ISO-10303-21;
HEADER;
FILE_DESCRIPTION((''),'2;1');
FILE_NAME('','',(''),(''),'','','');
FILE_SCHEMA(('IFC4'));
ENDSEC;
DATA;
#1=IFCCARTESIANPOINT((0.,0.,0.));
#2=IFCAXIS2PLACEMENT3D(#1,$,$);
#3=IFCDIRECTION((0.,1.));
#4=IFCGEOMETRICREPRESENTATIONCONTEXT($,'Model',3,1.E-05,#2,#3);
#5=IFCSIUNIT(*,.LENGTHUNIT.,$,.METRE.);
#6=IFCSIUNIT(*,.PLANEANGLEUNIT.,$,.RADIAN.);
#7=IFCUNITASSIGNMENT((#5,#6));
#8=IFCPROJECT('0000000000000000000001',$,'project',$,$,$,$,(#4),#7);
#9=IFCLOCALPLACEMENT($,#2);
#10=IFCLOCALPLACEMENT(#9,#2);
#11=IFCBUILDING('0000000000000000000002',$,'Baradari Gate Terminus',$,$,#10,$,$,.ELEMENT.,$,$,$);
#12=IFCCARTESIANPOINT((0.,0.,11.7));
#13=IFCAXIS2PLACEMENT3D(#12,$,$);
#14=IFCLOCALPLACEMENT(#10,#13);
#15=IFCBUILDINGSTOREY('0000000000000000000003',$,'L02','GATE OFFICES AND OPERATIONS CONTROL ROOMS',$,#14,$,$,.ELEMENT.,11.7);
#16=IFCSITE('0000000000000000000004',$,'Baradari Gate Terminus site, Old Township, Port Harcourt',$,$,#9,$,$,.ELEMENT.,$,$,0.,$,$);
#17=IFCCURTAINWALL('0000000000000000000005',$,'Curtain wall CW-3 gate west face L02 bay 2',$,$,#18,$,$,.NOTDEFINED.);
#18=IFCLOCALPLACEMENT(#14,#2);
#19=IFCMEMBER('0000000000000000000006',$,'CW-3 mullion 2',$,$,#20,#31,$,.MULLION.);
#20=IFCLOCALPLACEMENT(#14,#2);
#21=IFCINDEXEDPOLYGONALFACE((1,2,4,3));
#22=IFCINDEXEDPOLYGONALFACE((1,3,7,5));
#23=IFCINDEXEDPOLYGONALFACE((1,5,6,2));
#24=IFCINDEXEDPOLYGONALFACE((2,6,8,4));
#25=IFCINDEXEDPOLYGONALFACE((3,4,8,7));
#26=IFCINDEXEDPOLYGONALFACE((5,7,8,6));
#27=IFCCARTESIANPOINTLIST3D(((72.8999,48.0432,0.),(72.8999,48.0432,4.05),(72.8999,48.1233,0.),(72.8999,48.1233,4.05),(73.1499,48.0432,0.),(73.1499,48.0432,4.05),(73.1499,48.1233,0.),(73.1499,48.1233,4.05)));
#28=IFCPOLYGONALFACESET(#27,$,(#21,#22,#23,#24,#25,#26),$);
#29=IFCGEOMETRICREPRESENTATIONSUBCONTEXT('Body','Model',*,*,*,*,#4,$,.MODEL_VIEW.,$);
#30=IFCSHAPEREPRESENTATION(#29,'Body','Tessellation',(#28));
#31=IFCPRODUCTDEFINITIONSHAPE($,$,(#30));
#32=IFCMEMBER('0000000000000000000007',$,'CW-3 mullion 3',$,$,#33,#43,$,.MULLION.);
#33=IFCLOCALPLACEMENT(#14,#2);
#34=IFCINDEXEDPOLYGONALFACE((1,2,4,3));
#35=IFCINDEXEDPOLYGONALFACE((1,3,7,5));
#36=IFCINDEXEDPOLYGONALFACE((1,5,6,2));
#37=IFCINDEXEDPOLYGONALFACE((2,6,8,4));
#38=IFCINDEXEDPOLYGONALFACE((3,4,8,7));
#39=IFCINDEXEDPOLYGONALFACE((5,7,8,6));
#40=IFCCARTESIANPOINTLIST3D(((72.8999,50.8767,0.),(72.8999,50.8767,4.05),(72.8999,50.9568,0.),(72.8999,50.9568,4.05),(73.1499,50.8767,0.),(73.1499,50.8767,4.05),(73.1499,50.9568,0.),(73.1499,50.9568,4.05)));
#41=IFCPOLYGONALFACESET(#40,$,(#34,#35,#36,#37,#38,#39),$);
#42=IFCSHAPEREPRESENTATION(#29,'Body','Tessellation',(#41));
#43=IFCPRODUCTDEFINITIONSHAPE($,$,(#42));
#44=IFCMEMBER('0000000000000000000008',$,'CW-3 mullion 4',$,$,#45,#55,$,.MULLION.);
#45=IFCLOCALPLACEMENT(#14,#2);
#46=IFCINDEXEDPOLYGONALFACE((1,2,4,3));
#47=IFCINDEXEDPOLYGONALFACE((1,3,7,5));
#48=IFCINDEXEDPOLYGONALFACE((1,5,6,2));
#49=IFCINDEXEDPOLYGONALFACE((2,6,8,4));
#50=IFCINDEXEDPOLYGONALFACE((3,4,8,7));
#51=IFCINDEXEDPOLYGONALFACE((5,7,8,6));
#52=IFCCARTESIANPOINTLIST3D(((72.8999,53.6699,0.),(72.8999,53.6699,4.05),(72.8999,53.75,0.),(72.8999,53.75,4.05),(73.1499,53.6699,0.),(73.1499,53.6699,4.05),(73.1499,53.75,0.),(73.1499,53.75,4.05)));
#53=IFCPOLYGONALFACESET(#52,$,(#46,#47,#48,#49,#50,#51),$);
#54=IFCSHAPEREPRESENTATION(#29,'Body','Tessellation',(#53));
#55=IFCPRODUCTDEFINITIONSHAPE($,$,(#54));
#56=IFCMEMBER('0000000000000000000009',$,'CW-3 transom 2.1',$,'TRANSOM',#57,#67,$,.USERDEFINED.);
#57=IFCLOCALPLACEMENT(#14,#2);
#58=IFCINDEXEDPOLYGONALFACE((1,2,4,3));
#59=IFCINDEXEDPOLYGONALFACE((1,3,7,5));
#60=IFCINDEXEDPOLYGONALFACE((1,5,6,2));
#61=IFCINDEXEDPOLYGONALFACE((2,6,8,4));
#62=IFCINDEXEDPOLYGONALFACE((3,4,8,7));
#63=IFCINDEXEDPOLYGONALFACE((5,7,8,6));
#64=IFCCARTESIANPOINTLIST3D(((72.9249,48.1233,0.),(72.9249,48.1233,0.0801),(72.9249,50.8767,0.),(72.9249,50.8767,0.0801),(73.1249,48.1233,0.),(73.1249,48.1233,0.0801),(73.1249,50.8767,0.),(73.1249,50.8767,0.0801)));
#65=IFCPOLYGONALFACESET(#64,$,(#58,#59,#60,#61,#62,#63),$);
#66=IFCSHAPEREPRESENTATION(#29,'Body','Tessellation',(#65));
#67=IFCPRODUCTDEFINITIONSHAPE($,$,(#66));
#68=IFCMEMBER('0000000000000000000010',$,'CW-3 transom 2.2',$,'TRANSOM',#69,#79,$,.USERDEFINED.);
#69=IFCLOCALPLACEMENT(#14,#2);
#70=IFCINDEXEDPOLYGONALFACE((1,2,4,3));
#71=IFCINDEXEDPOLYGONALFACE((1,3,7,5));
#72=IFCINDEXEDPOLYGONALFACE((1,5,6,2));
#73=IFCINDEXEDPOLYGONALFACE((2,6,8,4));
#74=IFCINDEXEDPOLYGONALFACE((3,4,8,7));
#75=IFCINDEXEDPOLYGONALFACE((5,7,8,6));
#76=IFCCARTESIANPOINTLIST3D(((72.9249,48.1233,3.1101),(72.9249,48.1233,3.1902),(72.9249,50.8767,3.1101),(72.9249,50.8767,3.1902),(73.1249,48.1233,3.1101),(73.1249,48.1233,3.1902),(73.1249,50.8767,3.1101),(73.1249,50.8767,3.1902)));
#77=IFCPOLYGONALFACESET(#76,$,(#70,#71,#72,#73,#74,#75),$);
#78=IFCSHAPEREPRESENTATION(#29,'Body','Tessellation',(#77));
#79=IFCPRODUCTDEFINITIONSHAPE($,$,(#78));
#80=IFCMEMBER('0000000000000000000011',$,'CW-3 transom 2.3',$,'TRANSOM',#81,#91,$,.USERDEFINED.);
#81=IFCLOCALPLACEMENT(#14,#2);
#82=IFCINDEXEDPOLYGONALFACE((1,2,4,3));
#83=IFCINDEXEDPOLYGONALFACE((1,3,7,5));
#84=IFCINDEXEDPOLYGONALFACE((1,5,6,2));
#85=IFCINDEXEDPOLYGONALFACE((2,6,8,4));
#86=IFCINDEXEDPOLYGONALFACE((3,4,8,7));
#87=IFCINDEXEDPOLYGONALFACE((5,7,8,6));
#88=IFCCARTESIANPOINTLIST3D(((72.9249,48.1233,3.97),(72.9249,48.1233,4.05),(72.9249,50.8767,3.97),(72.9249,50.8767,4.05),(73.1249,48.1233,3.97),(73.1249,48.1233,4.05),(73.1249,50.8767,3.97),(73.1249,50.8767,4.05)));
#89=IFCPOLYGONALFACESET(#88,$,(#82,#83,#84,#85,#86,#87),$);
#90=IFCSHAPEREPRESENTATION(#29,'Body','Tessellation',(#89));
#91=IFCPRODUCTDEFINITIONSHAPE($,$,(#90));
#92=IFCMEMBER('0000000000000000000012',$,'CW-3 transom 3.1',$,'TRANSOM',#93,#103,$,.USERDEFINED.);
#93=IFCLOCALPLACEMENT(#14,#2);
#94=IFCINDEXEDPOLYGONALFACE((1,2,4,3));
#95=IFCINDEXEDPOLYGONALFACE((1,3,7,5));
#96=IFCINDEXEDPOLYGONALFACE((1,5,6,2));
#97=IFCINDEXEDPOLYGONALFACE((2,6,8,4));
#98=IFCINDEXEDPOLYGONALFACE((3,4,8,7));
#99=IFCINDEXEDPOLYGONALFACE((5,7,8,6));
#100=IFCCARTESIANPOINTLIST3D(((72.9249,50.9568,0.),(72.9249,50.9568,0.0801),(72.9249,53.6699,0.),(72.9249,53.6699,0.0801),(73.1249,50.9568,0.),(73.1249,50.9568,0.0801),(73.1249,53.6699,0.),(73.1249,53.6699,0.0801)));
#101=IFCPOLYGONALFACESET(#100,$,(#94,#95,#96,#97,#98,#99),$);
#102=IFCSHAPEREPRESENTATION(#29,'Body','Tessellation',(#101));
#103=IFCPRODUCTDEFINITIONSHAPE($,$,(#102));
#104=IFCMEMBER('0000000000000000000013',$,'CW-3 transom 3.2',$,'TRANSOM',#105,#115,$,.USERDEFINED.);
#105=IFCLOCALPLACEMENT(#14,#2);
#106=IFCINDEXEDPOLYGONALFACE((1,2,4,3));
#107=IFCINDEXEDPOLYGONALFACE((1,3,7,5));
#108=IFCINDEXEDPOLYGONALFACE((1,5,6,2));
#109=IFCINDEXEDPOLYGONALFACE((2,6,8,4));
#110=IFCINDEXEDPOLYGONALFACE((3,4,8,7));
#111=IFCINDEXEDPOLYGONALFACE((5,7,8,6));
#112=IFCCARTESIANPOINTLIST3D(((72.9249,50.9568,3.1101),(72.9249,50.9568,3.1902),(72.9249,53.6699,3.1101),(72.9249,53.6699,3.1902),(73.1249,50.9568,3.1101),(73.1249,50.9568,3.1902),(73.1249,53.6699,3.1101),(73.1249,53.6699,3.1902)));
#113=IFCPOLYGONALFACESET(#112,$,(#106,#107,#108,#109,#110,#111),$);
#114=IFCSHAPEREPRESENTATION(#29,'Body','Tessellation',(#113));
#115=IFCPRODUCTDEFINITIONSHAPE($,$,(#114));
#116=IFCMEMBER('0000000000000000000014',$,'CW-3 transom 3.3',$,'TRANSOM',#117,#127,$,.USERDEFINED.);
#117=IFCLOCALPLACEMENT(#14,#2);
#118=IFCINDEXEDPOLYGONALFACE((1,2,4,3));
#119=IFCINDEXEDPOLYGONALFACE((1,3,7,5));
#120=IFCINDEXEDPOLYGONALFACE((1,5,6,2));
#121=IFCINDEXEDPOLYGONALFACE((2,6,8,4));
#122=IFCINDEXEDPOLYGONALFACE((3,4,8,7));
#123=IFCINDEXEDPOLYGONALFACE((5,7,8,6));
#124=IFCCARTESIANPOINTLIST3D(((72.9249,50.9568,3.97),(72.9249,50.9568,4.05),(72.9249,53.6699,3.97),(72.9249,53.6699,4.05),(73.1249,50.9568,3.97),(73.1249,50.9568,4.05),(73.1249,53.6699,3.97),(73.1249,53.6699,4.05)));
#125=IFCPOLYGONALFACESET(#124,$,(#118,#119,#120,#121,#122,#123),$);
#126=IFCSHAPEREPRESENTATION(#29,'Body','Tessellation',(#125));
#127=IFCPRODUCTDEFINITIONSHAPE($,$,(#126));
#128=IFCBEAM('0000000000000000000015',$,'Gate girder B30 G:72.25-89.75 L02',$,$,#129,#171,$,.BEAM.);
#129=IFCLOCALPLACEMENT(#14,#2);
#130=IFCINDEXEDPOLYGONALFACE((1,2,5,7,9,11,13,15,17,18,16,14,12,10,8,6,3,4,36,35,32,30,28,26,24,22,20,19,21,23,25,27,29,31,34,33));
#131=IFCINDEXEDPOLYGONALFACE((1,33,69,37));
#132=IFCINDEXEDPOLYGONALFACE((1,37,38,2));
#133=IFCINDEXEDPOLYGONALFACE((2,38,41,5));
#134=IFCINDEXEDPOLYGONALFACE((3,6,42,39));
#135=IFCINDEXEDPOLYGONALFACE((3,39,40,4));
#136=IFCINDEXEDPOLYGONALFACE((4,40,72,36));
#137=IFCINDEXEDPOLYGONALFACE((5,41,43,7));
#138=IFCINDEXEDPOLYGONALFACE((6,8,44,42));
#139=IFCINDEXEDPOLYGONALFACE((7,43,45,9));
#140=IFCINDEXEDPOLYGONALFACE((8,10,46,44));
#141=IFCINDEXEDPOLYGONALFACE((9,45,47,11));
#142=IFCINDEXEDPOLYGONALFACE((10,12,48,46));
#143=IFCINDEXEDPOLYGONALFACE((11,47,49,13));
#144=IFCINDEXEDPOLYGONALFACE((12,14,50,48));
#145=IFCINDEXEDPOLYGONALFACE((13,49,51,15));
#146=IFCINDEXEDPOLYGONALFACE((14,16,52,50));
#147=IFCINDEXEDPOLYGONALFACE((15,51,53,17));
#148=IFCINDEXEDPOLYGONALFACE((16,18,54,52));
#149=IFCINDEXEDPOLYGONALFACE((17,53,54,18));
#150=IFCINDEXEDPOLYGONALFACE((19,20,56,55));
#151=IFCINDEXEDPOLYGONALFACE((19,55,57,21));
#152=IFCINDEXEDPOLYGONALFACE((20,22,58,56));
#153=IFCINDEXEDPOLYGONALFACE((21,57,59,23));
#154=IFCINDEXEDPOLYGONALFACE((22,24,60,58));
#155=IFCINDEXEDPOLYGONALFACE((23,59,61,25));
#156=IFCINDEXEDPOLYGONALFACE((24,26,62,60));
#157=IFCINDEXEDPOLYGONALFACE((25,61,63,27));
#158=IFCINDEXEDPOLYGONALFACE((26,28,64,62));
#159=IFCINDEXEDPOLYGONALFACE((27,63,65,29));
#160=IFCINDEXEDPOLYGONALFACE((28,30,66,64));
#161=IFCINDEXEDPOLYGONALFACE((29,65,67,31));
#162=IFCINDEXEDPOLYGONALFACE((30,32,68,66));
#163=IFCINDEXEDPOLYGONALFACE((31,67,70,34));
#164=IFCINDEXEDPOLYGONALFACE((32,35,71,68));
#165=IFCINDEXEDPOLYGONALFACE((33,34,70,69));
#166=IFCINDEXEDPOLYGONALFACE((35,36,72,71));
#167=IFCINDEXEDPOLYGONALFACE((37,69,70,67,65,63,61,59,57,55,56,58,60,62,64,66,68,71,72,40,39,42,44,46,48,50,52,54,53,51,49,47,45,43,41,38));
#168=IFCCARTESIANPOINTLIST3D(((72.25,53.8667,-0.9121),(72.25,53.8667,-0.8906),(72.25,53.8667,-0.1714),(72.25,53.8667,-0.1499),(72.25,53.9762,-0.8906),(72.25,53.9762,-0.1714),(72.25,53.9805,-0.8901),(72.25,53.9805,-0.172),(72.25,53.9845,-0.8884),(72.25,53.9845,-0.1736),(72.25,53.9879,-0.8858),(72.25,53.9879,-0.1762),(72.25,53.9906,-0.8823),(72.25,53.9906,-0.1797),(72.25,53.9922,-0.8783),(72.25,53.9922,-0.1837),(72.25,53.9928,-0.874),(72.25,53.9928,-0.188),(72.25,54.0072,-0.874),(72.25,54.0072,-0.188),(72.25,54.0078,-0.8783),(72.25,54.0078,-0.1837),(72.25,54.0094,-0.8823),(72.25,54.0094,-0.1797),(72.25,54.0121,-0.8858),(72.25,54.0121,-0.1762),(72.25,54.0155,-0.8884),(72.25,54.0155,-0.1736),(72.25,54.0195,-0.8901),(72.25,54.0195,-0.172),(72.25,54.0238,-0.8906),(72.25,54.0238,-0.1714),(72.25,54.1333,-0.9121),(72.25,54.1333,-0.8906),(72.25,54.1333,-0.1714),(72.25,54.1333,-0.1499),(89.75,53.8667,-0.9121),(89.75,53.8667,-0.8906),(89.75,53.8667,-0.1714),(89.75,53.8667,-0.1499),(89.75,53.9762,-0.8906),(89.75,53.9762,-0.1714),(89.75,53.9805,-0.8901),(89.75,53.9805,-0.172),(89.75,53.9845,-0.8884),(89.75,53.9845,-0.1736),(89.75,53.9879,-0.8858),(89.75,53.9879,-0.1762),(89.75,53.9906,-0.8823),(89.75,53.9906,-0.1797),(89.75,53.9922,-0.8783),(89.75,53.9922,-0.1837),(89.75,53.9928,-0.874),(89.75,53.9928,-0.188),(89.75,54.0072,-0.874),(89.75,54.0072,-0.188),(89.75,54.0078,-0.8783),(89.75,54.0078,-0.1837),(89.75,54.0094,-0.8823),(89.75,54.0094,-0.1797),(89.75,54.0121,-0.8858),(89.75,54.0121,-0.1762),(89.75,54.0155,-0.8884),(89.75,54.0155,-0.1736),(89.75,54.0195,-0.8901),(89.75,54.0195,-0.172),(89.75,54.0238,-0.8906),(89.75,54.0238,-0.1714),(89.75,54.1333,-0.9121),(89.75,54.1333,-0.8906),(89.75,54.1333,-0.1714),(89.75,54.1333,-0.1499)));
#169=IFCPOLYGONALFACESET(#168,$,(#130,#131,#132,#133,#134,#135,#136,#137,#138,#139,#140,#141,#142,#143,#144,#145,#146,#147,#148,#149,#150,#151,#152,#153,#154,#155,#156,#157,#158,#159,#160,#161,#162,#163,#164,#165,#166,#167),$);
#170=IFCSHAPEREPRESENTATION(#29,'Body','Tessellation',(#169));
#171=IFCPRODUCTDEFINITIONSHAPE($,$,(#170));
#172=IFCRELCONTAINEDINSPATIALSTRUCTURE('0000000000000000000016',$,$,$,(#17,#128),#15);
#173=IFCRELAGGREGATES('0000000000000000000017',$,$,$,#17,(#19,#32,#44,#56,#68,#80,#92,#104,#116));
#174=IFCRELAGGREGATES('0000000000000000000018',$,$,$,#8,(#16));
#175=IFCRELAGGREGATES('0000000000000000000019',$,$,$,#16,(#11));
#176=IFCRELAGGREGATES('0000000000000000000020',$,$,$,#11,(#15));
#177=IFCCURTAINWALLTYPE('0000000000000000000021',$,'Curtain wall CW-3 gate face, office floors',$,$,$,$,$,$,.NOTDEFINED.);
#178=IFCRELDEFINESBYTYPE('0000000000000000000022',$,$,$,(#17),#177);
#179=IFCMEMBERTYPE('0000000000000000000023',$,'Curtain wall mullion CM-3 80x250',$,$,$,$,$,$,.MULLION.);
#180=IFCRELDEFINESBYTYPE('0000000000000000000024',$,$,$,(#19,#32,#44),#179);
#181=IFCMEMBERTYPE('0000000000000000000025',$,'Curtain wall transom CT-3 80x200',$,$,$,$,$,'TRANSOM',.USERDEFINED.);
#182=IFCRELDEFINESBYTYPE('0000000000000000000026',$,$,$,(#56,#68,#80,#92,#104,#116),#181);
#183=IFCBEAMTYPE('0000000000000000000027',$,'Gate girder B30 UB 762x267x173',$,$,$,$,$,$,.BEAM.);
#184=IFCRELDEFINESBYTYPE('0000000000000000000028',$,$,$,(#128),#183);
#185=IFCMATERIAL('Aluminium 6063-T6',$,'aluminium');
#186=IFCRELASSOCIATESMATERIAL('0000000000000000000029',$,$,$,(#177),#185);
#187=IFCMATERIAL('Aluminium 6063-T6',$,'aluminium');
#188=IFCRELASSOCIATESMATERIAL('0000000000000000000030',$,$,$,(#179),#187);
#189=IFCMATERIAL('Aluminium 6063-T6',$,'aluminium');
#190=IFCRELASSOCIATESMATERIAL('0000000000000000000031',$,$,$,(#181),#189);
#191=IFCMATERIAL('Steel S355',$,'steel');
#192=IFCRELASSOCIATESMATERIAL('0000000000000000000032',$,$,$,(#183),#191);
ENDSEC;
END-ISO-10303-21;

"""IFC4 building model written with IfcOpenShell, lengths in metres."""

from ifc_helpers import new_model, si_unit, direction, frame, origin, origin_2d, place, context, subcontext, project, spatial, rectangle, i_section, extrude, material, material_profile, profile_set, type_object, element, aggregate, save


model = new_model("IFC4")

# Units and contexts
model_context = context("Model", 3, precision=1e-05, world=origin(), true_north=direction((0.0, 1.0)))
body_context = subcontext(model_context, "Body", "Model", "MODEL_VIEW")
ifc_project = project(units=[si_unit("LENGTHUNIT", "METRE"), si_unit("PLANEANGLEUNIT", "RADIAN")], contexts=[model_context])

# Site, building, storey
site_placement = place(None, origin())
site = spatial("IfcSite", under=ifc_project, at=site_placement, Name="Baradari Gate Terminus site, Old Township, Port Harcourt", CompositionType="ELEMENT", RefElevation=0.0)
building_placement = place(site_placement, origin())
building = spatial("IfcBuilding", under=site, at=building_placement, Name="Baradari Gate Terminus", CompositionType="ELEMENT")
storey_placement = place(building_placement, frame((0.0, 0.0, 11.7)))
storey = spatial("IfcBuildingStorey", under=building, at=storey_placement, Name="L02", Description="GATE OFFICES AND OPERATIONS CONTROL ROOMS", CompositionType="ELEMENT", Elevation=11.7)

# Curtain wall, members
ifc_material_1 = material(Name="Aluminium 6063-T6", Category="aluminium")
curtain_wall_type = type_object("IfcCurtainWallType", Name="Curtain wall CW-3 gate face, office floors", PredefinedType="NOTDEFINED", material=ifc_material_1)
curtain_wall_placement = place(storey_placement, origin())
curtain_wall = element("IfcCurtainWall", 1, at=curtain_wall_placement, inside=storey, type_object=curtain_wall_type, Name="Curtain wall CW-3 gate west face L02 bay 2", PredefinedType="NOTDEFINED")
ifc_material_2 = material(Name="Aluminium 6063-T6", Category="aluminium")
ifc_material_profile_1 = material_profile(ifc_material_2, rectangle(XDim=0.25, YDim=0.0801, at=origin_2d()), Name="CM-3 80X250")
ifc_profile_set_1 = profile_set([ifc_material_profile_1], Name="Aluminium 6063-T6")
member_type_1 = type_object("IfcMemberType", Name="Curtain wall mullion CM-3 80x250", PredefinedType="MULLION", material=ifc_profile_set_1)
member_1_placement = place(storey_placement, frame((73.0249, 48.0833, 0.0), z_axis=(0.0, 0.0, 1.0), x_axis=(-1.0, 0.0, 0.0)))
member_1 = element("IfcMember", 2, at=member_1_placement, type_object=member_type_1, Name="CW-3 mullion 2", PredefinedType="MULLION", context=body_context, shape_type="SweptSolid", body=[
    extrude(rectangle(XDim=0.25, YDim=0.0801, at=origin_2d()), origin(), (0.0, 0.0, 1.0), 4.05),
])
member_2_placement = place(storey_placement, frame((73.0249, 50.9167, 0.0), z_axis=(0.0, 0.0, 1.0), x_axis=(-1.0, 0.0, 0.0)))
member_2 = element("IfcMember", 3, at=member_2_placement, type_object=member_type_1, Name="CW-3 mullion 3", PredefinedType="MULLION", context=body_context, shape_type="SweptSolid", body=[
    extrude(rectangle(XDim=0.25, YDim=0.0801, at=origin_2d()), origin(), (0.0, 0.0, 1.0), 4.05),
])
member_3_placement = place(storey_placement, frame((73.0249, 53.71, 0.0), z_axis=(0.0, 0.0, 1.0), x_axis=(-1.0, 0.0, 0.0)))
member_3 = element("IfcMember", 4, at=member_3_placement, type_object=member_type_1, Name="CW-3 mullion 4", PredefinedType="MULLION", context=body_context, shape_type="SweptSolid", body=[
    extrude(rectangle(XDim=0.25, YDim=0.0801, at=origin_2d()), origin(), (0.0, 0.0, 1.0), 4.05),
])
ifc_material_3 = material(Name="Aluminium 6063-T6", Category="aluminium")
ifc_material_profile_2 = material_profile(ifc_material_3, rectangle(XDim=0.2, YDim=0.0801, at=origin_2d()), Name="CT-3 80X200")
ifc_profile_set_2 = profile_set([ifc_material_profile_2], Name="Aluminium 6063-T6")
member_type_2 = type_object("IfcMemberType", Name="Curtain wall transom CT-3 80x200", ElementType="TRANSOM", PredefinedType="USERDEFINED", material=ifc_profile_set_2)
member_4_placement = place(storey_placement, frame((73.0249, 48.1233, 0.04), z_axis=(0.0, 1.0, 0.0), x_axis=(-1.0, 0.0, 0.0)))
member_4 = element("IfcMember", 5, at=member_4_placement, type_object=member_type_2, Name="CW-3 transom 2.1", ObjectType="TRANSOM", PredefinedType="USERDEFINED", context=body_context, shape_type="SweptSolid", body=[
    extrude(rectangle(XDim=0.2, YDim=0.0801, at=origin_2d()), origin(), (0.0, 0.0, 1.0), 2.7534),
])
member_5_placement = place(storey_placement, frame((73.0249, 48.1233, 3.1501), z_axis=(0.0, 1.0, 0.0), x_axis=(-1.0, 0.0, 0.0)))
member_5 = element("IfcMember", 6, at=member_5_placement, type_object=member_type_2, Name="CW-3 transom 2.2", ObjectType="TRANSOM", PredefinedType="USERDEFINED", context=body_context, shape_type="SweptSolid", body=[
    extrude(rectangle(XDim=0.2, YDim=0.0801, at=origin_2d()), origin(), (0.0, 0.0, 1.0), 2.7534),
])
member_6_placement = place(storey_placement, frame((73.0249, 48.1233, 4.01), z_axis=(0.0, 1.0, 0.0), x_axis=(-1.0, 0.0, 0.0)))
member_6 = element("IfcMember", 7, at=member_6_placement, type_object=member_type_2, Name="CW-3 transom 2.3", ObjectType="TRANSOM", PredefinedType="USERDEFINED", context=body_context, shape_type="SweptSolid", body=[
    extrude(rectangle(XDim=0.2, YDim=0.0801, at=origin_2d()), origin(), (0.0, 0.0, 1.0), 2.7534),
])
member_7_placement = place(storey_placement, frame((73.0249, 50.9568, 0.04), z_axis=(0.0, 1.0, 0.0), x_axis=(-1.0, 0.0, 0.0)))
member_7 = element("IfcMember", 8, at=member_7_placement, type_object=member_type_2, Name="CW-3 transom 3.1", ObjectType="TRANSOM", PredefinedType="USERDEFINED", context=body_context, shape_type="SweptSolid", body=[
    extrude(rectangle(XDim=0.2, YDim=0.0801, at=origin_2d()), origin(), (0.0, 0.0, 1.0), 2.7131),
])
member_8_placement = place(storey_placement, frame((73.0249, 50.9568, 3.1501), z_axis=(0.0, 1.0, 0.0), x_axis=(-1.0, 0.0, 0.0)))
member_8 = element("IfcMember", 9, at=member_8_placement, type_object=member_type_2, Name="CW-3 transom 3.2", ObjectType="TRANSOM", PredefinedType="USERDEFINED", context=body_context, shape_type="SweptSolid", body=[
    extrude(rectangle(XDim=0.2, YDim=0.0801, at=origin_2d()), origin(), (0.0, 0.0, 1.0), 2.7131),
])
member_9_placement = place(storey_placement, frame((73.0249, 50.9568, 4.01), z_axis=(0.0, 1.0, 0.0), x_axis=(-1.0, 0.0, 0.0)))
member_9 = element("IfcMember", 10, at=member_9_placement, type_object=member_type_2, Name="CW-3 transom 3.3", ObjectType="TRANSOM", PredefinedType="USERDEFINED", context=body_context, shape_type="SweptSolid", body=[
    extrude(rectangle(XDim=0.2, YDim=0.0801, at=origin_2d()), origin(), (0.0, 0.0, 1.0), 2.7131),
])

# Beam
ifc_material_4 = material(Name="Steel S355", Category="steel")
ifc_material_profile_3 = material_profile(ifc_material_4, i_section(OverallWidth=0.2666, OverallDepth=0.7622, WebThickness=0.0144, FlangeThickness=0.0215, FilletRadius=0.0166, at=origin_2d()), Name="UB 762x267x173")
ifc_profile_set_3 = profile_set([ifc_material_profile_3], Name="Steel S355")
beam_type_1 = type_object("IfcBeamType", Name="Gate girder B30 UB 762x267x173", PredefinedType="BEAM", material=ifc_profile_set_3)
beam_placement = place(storey_placement, frame((72.25, 54.0, -0.531), z_axis=(1.0, 0.0, 0.0), x_axis=(0.0, 1.0, 0.0)))
element("IfcBeam", 11, at=beam_placement, inside=storey, type_object=beam_type_1, Name="Gate girder B30 G:72.25-89.75 L02", PredefinedType="BEAM", context=body_context, shape_type="SweptSolid", body=[
    extrude(i_section(OverallWidth=0.2666, OverallDepth=0.7622, WebThickness=0.0144, FlangeThickness=0.0215, FilletRadius=0.0166, at=origin_2d()), origin(), (0.0, 0.0, 1.0), 17.5),
])

aggregate(curtain_wall, [member_1, member_2, member_3, member_4, member_5, member_6, member_7, member_8, member_9])

save(model, "model.ifc")
